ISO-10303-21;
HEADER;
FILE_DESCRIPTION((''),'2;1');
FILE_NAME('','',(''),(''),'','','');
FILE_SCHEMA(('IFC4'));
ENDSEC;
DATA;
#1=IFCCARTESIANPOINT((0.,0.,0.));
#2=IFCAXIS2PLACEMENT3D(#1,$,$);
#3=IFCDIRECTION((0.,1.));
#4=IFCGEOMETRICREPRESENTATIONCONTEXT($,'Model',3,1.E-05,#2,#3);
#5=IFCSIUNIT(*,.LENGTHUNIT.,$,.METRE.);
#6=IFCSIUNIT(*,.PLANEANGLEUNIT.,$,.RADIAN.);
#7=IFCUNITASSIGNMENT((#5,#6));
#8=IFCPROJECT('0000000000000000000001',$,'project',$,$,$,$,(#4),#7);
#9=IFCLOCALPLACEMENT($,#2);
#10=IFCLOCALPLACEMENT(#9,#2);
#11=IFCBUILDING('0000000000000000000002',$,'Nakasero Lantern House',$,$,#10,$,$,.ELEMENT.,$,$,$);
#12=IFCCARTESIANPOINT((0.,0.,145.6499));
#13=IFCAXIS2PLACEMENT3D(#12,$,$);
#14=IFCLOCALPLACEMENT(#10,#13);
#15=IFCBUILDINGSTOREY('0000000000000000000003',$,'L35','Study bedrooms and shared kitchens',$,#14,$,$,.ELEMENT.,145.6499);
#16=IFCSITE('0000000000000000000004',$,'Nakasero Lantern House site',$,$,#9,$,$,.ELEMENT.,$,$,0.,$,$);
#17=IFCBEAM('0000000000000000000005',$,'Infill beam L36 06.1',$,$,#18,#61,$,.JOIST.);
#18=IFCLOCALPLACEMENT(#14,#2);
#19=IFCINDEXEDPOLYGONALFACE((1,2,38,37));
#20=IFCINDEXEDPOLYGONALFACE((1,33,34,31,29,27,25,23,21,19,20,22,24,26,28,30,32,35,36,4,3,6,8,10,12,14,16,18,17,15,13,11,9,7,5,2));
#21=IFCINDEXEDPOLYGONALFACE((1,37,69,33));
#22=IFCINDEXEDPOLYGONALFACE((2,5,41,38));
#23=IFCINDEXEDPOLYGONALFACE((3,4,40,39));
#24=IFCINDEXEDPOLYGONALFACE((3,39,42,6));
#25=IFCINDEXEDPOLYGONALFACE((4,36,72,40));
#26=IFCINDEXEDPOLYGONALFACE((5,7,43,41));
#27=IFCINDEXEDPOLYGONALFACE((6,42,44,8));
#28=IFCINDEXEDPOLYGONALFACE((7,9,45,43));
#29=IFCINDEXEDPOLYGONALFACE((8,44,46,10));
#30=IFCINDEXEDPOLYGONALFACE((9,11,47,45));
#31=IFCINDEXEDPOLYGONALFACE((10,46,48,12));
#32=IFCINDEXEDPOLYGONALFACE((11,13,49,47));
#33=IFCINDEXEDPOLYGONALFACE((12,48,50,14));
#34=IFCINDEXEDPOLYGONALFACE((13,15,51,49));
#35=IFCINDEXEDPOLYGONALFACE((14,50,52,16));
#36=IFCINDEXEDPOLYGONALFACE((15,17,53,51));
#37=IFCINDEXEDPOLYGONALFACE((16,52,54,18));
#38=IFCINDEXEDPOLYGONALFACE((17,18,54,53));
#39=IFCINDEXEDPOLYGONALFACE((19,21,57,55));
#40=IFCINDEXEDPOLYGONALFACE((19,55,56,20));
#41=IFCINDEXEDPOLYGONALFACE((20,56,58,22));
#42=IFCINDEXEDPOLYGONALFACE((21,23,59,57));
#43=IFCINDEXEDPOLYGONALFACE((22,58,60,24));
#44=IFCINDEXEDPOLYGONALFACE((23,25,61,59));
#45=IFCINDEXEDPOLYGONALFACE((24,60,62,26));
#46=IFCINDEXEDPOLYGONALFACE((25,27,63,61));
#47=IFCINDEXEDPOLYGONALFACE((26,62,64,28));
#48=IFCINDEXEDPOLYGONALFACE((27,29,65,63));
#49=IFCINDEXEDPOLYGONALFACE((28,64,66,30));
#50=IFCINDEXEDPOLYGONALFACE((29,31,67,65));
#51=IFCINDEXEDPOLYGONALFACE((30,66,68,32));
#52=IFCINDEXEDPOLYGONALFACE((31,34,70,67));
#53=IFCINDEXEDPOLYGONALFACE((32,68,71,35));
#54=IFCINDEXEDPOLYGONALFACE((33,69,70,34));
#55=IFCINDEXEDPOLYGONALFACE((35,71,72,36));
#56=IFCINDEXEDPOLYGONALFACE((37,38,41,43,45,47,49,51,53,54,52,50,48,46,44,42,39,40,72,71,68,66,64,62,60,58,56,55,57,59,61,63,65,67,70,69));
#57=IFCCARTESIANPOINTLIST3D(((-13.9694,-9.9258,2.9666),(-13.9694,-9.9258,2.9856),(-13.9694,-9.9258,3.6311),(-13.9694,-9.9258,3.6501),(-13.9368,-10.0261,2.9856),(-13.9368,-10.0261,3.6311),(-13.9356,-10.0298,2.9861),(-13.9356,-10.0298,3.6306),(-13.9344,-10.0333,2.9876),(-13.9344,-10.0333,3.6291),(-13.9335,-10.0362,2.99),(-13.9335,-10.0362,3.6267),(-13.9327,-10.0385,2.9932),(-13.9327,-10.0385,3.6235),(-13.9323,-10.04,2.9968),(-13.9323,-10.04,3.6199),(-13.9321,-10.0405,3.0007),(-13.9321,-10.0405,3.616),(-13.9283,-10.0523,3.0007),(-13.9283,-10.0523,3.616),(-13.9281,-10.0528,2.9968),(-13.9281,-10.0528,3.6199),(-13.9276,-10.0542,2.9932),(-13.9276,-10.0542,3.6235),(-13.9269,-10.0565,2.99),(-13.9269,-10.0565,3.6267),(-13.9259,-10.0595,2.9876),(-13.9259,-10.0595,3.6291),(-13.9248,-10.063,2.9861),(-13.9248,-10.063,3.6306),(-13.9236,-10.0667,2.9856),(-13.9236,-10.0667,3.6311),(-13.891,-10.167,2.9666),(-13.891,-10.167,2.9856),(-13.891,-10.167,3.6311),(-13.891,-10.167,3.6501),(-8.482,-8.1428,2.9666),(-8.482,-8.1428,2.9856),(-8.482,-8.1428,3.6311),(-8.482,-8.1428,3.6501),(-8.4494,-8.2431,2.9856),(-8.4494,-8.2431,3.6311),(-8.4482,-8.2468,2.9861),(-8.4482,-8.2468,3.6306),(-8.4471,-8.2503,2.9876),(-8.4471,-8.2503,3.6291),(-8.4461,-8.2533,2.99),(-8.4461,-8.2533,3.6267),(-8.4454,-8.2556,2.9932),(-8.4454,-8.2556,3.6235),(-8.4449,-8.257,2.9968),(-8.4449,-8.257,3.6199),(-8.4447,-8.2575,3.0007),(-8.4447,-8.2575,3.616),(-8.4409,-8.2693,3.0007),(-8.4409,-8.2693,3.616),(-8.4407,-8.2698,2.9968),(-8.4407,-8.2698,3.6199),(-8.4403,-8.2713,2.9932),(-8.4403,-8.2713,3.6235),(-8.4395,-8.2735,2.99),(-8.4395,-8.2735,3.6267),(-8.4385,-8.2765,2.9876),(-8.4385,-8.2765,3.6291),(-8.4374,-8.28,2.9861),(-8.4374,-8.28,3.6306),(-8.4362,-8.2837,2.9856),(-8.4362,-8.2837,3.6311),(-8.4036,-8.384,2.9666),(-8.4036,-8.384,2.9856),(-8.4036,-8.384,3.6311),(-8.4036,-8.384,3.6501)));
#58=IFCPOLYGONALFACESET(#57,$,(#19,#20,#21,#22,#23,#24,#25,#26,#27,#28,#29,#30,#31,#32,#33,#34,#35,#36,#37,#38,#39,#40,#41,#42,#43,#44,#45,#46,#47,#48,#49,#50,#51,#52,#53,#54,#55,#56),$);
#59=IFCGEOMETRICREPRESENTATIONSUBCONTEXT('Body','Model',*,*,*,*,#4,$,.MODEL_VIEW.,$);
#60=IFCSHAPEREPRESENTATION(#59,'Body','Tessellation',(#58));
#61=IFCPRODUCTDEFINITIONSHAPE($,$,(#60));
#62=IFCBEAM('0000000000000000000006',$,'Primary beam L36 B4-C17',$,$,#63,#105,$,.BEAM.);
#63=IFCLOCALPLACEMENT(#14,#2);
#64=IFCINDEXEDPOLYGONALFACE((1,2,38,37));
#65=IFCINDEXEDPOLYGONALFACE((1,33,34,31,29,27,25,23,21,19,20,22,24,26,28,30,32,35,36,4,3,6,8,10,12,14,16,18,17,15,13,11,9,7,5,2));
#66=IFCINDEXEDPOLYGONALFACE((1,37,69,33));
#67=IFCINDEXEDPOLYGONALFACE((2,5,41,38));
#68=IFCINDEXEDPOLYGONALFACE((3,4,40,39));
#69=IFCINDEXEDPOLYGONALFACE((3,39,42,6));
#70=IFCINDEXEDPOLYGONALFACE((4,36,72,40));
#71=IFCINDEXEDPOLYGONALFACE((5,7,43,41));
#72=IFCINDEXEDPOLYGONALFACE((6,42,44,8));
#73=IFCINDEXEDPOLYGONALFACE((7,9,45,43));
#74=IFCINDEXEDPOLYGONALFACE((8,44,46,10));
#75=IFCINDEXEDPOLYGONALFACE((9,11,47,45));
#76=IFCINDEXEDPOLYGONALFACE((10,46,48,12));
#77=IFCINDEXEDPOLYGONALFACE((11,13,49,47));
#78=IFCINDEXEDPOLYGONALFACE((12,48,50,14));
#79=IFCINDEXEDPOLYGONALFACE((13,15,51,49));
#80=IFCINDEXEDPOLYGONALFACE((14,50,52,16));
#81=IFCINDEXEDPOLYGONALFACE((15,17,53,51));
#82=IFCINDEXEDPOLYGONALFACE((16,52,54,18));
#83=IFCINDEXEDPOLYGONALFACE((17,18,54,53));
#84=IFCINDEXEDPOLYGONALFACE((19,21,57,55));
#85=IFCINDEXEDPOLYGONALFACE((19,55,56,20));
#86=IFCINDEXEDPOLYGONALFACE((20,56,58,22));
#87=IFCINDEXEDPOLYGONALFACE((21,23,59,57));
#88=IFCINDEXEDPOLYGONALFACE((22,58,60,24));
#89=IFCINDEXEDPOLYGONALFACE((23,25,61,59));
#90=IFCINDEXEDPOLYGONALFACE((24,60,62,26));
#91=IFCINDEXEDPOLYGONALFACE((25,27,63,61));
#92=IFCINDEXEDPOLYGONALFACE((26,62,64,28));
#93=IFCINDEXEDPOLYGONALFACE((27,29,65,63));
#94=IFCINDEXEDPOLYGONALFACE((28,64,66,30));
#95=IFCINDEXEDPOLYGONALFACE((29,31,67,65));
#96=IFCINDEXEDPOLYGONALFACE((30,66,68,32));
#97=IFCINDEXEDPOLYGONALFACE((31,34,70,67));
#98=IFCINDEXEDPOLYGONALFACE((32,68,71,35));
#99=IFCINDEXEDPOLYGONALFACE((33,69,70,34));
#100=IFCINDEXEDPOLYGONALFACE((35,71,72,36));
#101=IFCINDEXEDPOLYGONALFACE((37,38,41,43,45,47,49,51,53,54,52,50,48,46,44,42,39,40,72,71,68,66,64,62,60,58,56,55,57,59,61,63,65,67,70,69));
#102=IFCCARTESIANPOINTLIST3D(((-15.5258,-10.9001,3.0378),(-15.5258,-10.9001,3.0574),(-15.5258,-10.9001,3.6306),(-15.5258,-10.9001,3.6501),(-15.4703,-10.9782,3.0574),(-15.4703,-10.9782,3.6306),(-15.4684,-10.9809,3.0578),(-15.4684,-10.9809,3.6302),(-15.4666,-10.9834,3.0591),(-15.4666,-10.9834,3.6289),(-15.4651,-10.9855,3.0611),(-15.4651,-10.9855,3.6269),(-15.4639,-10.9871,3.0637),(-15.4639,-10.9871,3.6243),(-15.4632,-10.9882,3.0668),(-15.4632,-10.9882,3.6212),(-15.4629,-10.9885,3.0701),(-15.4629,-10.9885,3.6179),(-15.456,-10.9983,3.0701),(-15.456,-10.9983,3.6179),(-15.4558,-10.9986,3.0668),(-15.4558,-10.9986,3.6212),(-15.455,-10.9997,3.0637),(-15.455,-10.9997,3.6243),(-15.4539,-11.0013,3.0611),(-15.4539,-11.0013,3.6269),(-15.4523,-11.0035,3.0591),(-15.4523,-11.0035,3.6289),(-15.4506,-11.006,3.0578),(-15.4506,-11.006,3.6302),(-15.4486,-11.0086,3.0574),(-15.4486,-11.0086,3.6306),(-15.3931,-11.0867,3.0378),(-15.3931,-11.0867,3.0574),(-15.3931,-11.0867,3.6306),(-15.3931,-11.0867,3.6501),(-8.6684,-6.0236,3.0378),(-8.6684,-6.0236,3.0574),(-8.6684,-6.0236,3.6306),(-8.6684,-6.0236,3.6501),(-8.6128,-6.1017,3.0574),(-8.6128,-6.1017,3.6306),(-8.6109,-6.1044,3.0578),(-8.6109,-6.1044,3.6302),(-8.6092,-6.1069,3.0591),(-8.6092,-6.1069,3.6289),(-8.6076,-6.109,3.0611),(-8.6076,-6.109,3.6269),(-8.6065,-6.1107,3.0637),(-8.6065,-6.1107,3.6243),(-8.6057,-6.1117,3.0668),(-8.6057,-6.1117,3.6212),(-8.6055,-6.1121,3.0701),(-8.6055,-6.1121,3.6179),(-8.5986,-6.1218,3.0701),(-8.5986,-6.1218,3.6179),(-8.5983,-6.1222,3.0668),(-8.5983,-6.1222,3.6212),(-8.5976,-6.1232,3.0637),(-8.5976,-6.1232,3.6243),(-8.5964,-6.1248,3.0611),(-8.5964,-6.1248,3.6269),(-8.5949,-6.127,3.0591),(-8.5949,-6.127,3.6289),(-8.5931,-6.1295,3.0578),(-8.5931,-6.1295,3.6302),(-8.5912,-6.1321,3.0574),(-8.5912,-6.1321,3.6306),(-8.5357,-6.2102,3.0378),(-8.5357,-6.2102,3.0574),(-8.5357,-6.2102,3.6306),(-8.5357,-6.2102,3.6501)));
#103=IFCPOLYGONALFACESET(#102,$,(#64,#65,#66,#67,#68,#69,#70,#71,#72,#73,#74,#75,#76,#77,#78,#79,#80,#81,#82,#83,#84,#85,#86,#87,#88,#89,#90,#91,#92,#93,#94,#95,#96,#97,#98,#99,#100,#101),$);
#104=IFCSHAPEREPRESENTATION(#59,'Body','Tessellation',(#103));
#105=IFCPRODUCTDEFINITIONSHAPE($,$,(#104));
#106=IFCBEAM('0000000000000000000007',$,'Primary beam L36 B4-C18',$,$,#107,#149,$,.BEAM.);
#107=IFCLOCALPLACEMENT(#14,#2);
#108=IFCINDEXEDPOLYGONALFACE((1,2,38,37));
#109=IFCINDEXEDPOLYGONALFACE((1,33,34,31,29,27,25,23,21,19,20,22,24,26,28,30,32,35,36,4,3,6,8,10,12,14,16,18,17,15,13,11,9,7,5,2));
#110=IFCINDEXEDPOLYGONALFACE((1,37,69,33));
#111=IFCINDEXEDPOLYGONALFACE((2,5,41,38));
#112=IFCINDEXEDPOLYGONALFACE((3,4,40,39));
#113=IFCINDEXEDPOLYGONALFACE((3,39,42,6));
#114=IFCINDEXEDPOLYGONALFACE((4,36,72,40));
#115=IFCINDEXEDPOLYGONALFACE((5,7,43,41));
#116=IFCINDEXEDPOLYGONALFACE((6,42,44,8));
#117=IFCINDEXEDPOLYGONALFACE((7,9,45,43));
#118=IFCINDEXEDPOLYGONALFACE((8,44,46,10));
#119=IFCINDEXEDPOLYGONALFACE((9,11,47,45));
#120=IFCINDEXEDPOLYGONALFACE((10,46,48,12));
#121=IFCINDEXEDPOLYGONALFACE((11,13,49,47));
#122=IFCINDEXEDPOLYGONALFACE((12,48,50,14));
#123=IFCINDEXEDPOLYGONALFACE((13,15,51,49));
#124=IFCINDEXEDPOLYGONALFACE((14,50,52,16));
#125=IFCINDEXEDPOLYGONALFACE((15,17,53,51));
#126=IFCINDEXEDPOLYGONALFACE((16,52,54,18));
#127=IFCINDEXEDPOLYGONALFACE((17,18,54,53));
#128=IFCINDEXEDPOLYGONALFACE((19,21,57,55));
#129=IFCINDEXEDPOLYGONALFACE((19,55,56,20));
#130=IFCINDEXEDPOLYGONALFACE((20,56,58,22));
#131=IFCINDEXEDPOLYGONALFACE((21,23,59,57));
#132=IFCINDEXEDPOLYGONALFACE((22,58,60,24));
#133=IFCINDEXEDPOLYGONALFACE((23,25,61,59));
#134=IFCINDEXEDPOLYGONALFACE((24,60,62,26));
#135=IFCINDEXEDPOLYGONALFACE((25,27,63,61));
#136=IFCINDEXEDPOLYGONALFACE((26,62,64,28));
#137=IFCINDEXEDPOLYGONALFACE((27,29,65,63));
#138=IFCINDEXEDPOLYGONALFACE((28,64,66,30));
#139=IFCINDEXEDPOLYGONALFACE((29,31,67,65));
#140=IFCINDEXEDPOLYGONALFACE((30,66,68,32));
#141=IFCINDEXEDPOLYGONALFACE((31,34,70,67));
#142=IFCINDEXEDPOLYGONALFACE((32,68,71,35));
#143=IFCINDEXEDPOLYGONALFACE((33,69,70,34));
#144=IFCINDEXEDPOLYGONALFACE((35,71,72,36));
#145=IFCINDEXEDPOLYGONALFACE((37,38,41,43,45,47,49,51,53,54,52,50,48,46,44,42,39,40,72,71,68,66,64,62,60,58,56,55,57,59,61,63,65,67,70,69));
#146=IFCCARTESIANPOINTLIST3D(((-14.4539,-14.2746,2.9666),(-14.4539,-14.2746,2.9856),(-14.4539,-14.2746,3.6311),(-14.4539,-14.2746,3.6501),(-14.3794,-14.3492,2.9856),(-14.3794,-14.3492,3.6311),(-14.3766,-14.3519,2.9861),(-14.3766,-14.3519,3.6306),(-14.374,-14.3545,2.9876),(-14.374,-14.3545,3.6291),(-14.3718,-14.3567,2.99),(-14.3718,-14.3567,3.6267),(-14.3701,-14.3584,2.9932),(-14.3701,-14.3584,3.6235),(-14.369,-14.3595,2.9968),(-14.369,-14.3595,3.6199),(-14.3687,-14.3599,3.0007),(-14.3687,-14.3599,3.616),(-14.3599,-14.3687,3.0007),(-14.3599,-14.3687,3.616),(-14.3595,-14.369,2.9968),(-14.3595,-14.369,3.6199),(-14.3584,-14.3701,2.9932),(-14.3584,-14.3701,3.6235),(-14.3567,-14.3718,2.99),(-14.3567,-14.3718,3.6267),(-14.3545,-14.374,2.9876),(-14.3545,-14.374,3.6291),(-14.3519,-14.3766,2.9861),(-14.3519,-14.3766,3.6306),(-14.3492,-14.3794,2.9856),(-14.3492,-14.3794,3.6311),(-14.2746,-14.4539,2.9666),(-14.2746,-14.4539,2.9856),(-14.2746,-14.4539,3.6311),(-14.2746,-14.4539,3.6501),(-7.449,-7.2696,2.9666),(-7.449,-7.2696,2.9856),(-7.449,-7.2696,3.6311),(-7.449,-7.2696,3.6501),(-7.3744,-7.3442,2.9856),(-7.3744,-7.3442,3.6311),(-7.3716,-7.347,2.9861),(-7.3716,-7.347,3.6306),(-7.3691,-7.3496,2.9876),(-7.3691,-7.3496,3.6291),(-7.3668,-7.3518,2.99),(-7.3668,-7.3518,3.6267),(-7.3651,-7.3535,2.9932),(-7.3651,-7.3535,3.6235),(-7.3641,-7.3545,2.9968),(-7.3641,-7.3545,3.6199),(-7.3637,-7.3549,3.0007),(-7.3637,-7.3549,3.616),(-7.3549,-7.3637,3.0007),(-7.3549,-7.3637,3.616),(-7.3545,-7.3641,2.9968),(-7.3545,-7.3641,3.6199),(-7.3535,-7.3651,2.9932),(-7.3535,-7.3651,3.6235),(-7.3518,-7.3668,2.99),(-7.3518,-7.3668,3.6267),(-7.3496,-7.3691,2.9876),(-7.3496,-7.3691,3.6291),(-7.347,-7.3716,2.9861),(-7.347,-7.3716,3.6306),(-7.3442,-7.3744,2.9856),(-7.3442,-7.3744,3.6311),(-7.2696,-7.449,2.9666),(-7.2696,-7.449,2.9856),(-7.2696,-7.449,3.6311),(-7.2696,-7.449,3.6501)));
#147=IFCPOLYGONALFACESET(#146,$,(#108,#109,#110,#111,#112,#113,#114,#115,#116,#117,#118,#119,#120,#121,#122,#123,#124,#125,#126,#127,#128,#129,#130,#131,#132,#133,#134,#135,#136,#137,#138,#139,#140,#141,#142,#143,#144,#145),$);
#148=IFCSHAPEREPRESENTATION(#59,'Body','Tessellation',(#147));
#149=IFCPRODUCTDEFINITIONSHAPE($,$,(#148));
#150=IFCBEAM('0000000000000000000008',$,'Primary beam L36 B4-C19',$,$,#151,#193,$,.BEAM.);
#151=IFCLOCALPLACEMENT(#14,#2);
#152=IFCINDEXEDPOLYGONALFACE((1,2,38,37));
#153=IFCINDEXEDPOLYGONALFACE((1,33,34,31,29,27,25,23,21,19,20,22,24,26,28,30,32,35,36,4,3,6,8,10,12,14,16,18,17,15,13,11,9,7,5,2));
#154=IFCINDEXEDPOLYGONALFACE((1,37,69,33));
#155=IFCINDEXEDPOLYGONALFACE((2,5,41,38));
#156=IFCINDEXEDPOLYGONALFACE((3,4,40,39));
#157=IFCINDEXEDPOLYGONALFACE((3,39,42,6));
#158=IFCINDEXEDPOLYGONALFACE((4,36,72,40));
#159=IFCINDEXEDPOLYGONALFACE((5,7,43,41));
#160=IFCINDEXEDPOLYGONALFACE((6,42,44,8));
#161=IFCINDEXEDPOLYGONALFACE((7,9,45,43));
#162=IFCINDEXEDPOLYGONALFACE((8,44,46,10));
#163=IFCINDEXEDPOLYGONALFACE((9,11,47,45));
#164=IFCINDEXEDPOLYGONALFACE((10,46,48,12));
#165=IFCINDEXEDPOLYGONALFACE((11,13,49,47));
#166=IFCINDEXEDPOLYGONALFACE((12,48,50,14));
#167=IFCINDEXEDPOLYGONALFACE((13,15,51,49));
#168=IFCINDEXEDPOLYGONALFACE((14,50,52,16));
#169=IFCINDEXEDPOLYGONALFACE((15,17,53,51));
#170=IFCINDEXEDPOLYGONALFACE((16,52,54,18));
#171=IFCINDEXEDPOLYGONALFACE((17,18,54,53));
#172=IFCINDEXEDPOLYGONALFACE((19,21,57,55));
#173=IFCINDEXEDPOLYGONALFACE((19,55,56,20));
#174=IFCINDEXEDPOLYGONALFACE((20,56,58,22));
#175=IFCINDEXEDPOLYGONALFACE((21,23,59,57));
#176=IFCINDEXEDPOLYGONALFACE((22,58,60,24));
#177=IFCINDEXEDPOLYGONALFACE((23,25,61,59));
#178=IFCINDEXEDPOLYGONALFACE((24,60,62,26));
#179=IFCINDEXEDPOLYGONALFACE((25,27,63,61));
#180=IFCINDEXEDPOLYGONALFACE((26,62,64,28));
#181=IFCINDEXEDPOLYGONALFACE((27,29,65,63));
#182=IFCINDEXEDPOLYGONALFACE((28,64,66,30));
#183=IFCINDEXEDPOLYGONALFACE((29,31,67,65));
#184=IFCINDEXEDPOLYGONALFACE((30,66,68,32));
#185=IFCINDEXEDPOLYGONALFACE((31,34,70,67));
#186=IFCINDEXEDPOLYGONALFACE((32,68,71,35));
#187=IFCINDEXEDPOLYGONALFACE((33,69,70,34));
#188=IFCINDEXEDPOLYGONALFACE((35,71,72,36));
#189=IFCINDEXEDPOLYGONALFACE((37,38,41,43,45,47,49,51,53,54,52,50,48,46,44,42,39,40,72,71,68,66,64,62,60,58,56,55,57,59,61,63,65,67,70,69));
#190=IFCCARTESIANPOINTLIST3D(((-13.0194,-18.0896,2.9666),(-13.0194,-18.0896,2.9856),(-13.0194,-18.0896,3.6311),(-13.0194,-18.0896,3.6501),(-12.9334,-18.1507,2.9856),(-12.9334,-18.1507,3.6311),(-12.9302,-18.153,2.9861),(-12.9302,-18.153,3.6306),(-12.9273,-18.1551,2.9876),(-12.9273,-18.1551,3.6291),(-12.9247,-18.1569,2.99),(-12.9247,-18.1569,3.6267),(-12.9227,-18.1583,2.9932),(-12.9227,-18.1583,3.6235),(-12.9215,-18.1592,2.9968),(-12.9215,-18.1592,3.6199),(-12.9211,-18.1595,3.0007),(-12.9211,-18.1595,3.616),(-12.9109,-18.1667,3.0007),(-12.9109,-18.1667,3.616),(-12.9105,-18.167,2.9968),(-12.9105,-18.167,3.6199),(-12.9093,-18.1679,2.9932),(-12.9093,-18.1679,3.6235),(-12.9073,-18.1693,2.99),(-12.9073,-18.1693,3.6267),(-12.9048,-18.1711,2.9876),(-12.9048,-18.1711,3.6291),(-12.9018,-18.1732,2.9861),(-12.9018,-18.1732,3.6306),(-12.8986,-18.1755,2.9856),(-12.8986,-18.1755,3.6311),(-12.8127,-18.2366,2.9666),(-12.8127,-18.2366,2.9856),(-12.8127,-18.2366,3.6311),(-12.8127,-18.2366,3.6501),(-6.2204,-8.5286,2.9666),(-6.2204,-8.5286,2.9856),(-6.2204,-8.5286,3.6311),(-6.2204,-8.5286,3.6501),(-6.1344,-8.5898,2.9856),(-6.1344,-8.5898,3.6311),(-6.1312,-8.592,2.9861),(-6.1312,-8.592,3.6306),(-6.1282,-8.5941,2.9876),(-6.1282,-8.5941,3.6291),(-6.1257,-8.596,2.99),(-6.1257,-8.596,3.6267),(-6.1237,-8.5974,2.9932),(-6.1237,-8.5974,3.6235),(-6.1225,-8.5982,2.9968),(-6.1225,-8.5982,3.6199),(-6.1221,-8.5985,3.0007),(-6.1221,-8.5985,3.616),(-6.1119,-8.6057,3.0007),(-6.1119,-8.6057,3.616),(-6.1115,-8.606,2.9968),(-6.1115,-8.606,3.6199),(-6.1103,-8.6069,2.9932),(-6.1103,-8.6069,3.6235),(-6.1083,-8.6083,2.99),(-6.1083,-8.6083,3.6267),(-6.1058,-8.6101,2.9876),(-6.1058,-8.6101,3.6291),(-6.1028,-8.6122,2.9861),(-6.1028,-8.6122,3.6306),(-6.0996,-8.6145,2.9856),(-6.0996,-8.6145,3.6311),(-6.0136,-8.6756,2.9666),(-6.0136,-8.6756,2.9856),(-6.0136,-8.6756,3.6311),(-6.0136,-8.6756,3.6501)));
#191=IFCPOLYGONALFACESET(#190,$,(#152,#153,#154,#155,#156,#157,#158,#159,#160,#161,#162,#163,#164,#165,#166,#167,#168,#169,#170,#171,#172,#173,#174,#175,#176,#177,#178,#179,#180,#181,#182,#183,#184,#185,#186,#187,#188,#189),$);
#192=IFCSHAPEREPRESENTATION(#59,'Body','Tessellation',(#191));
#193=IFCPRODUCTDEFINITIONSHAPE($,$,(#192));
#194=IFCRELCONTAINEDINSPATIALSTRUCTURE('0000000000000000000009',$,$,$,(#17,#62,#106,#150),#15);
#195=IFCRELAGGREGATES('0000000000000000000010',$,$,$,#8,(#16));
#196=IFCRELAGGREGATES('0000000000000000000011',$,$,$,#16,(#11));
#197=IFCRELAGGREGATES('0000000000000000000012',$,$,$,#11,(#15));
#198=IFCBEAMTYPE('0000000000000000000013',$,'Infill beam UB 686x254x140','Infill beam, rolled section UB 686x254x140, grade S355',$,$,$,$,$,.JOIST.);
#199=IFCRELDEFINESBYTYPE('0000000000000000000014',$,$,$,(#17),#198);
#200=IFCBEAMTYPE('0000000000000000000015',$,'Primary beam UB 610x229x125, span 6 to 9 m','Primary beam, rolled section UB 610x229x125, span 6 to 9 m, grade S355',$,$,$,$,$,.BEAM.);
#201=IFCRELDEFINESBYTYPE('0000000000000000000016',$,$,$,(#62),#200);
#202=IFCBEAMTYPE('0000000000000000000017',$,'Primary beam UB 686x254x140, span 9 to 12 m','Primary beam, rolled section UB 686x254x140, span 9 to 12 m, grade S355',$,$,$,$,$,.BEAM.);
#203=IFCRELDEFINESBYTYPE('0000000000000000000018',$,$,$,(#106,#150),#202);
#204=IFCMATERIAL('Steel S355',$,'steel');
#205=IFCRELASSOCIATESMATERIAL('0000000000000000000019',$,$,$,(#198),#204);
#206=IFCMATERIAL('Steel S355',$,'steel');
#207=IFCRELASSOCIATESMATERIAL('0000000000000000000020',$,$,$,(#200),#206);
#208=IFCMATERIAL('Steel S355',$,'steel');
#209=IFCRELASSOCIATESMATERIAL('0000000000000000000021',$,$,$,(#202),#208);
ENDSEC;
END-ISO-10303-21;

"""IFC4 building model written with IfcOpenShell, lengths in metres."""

from ifc_helpers import new_model, si_unit, direction, frame, origin, origin_2d, place, context, subcontext, project, spatial, i_section, extrude, material, material_profile, profile_set, type_object, element, save


model = new_model("IFC4")

# Units and contexts
model_context = context("Model", 3, precision=1e-05, world=origin(), true_north=direction((0.0, 1.0)))
body_context = subcontext(model_context, "Body", "Model", "MODEL_VIEW")
ifc_project = project(units=[si_unit("LENGTHUNIT", "METRE"), si_unit("PLANEANGLEUNIT", "RADIAN")], contexts=[model_context])

# Site, building, storey
site_placement = place(None, origin())
site = spatial("IfcSite", under=ifc_project, at=site_placement, Name="Nakasero Lantern House site", CompositionType="ELEMENT", RefElevation=0.0)
building_placement = place(site_placement, origin())
building = spatial("IfcBuilding", under=site, at=building_placement, Name="Nakasero Lantern House", CompositionType="ELEMENT")
storey_placement = place(building_placement, frame((0.0, 0.0, 145.6499)))
storey = spatial("IfcBuildingStorey", under=building, at=storey_placement, Name="L35", Description="Study bedrooms and shared kitchens", CompositionType="ELEMENT", Elevation=145.6499)

# Beams
ifc_material_1 = material(Name="Steel S355", Category="steel")
ifc_material_profile_1 = material_profile(ifc_material_1, i_section(OverallWidth=0.2537, OverallDepth=0.6836, WebThickness=0.0125, FlangeThickness=0.019, FilletRadius=0.0151, at=origin_2d()), Name="UB 686x254x140")
ifc_profile_set_1 = profile_set([ifc_material_profile_1], Name="Steel S355")
beam_type_1 = type_object("IfcBeamType", Name="Infill beam UB 686x254x140", Description="Infill beam, rolled section UB 686x254x140, grade S355", PredefinedType="JOIST", material=ifc_profile_set_1)
beam_1_placement = place(storey_placement, frame((-13.9302, -10.0464, 3.3083), z_axis=(0.951055, 0.309021, 0.0), x_axis=(-0.309021, 0.951055, 0.0)))
element("IfcBeam", 1, at=beam_1_placement, inside=storey, type_object=beam_type_1, Name="Infill beam L36 06.1", PredefinedType="JOIST", context=body_context, shape_type="SweptSolid", body=[
    extrude(i_section(OverallWidth=0.2537, OverallDepth=0.6836, WebThickness=0.0125, FlangeThickness=0.019, FilletRadius=0.0151, at=origin_2d()), origin(), (0.0, 0.0, 1.0), 5.7698),
])
ifc_material_2 = material(Name="Steel S355", Category="steel")
ifc_material_profile_2 = material_profile(ifc_material_2, i_section(OverallWidth=0.229, OverallDepth=0.6123, WebThickness=0.012, FlangeThickness=0.0195, FilletRadius=0.0127, at=origin_2d()), Name="UB 610x229x125")
ifc_profile_set_2 = profile_set([ifc_material_profile_2], Name="Steel S355")
beam_type_2 = type_object("IfcBeamType", Name="Primary beam UB 610x229x125, span 6 to 9 m", Description="Primary beam, rolled section UB 610x229x125, span 6 to 9 m, grade S355", PredefinedType="BEAM", material=ifc_profile_set_2)
beam_2_placement = place(storey_placement, frame((-15.4595, -10.9934, 3.344), z_axis=(0.814951, 0.57953, 0.0), x_axis=(-0.57953, 0.814951, 0.0)))
element("IfcBeam", 2, at=beam_2_placement, inside=storey, type_object=beam_type_2, Name="Primary beam L36 B4-C17", PredefinedType="BEAM", context=body_context, shape_type="SweptSolid", body=[
    extrude(i_section(OverallWidth=0.229, OverallDepth=0.6123, WebThickness=0.012, FlangeThickness=0.0195, FilletRadius=0.0127, at=origin_2d()), origin(), (0.0, 0.0, 1.0), 8.4146),
])
ifc_material_3 = material(Name="Steel S355", Category="steel")
ifc_material_profile_3 = material_profile(ifc_material_3, i_section(OverallWidth=0.2537, OverallDepth=0.6836, WebThickness=0.0125, FlangeThickness=0.019, FilletRadius=0.0151, at=origin_2d()), Name="UB 686x254x140")
ifc_profile_set_3 = profile_set([ifc_material_profile_3], Name="Steel S355")
beam_type_3 = type_object("IfcBeamType", Name="Primary beam UB 686x254x140, span 9 to 12 m", Description="Primary beam, rolled section UB 686x254x140, span 9 to 12 m, grade S355", PredefinedType="BEAM", material=ifc_profile_set_3)
beam_3_placement = place(storey_placement, frame((-14.3643, -14.3643, 3.3083), z_axis=(0.707107, 0.707107, 0.0), x_axis=(-0.707107, 0.707107, 0.0)))
element("IfcBeam", 3, at=beam_3_placement, inside=storey, type_object=beam_type_3, Name="Primary beam L36 B4-C18", PredefinedType="BEAM", context=body_context, shape_type="SweptSolid", body=[
    extrude(i_section(OverallWidth=0.2537, OverallDepth=0.6836, WebThickness=0.0125, FlangeThickness=0.019, FilletRadius=0.0151, at=origin_2d()), origin(), (0.0, 0.0, 1.0), 9.9065),
])
beam_4_placement = place(storey_placement, frame((-12.916, -18.1631, 3.3083), z_axis=(0.57953, 0.814951, 0.0), x_axis=(-0.814951, 0.57953, 0.0)))
element("IfcBeam", 4, at=beam_4_placement, inside=storey, type_object=beam_type_3, Name="Primary beam L36 B4-C19", PredefinedType="BEAM", context=body_context, shape_type="SweptSolid", body=[
    extrude(i_section(OverallWidth=0.2537, OverallDepth=0.6836, WebThickness=0.0125, FlangeThickness=0.019, FilletRadius=0.0151, at=origin_2d()), origin(), (0.0, 0.0, 1.0), 11.7319),
])

save(model, "model.ifc")
